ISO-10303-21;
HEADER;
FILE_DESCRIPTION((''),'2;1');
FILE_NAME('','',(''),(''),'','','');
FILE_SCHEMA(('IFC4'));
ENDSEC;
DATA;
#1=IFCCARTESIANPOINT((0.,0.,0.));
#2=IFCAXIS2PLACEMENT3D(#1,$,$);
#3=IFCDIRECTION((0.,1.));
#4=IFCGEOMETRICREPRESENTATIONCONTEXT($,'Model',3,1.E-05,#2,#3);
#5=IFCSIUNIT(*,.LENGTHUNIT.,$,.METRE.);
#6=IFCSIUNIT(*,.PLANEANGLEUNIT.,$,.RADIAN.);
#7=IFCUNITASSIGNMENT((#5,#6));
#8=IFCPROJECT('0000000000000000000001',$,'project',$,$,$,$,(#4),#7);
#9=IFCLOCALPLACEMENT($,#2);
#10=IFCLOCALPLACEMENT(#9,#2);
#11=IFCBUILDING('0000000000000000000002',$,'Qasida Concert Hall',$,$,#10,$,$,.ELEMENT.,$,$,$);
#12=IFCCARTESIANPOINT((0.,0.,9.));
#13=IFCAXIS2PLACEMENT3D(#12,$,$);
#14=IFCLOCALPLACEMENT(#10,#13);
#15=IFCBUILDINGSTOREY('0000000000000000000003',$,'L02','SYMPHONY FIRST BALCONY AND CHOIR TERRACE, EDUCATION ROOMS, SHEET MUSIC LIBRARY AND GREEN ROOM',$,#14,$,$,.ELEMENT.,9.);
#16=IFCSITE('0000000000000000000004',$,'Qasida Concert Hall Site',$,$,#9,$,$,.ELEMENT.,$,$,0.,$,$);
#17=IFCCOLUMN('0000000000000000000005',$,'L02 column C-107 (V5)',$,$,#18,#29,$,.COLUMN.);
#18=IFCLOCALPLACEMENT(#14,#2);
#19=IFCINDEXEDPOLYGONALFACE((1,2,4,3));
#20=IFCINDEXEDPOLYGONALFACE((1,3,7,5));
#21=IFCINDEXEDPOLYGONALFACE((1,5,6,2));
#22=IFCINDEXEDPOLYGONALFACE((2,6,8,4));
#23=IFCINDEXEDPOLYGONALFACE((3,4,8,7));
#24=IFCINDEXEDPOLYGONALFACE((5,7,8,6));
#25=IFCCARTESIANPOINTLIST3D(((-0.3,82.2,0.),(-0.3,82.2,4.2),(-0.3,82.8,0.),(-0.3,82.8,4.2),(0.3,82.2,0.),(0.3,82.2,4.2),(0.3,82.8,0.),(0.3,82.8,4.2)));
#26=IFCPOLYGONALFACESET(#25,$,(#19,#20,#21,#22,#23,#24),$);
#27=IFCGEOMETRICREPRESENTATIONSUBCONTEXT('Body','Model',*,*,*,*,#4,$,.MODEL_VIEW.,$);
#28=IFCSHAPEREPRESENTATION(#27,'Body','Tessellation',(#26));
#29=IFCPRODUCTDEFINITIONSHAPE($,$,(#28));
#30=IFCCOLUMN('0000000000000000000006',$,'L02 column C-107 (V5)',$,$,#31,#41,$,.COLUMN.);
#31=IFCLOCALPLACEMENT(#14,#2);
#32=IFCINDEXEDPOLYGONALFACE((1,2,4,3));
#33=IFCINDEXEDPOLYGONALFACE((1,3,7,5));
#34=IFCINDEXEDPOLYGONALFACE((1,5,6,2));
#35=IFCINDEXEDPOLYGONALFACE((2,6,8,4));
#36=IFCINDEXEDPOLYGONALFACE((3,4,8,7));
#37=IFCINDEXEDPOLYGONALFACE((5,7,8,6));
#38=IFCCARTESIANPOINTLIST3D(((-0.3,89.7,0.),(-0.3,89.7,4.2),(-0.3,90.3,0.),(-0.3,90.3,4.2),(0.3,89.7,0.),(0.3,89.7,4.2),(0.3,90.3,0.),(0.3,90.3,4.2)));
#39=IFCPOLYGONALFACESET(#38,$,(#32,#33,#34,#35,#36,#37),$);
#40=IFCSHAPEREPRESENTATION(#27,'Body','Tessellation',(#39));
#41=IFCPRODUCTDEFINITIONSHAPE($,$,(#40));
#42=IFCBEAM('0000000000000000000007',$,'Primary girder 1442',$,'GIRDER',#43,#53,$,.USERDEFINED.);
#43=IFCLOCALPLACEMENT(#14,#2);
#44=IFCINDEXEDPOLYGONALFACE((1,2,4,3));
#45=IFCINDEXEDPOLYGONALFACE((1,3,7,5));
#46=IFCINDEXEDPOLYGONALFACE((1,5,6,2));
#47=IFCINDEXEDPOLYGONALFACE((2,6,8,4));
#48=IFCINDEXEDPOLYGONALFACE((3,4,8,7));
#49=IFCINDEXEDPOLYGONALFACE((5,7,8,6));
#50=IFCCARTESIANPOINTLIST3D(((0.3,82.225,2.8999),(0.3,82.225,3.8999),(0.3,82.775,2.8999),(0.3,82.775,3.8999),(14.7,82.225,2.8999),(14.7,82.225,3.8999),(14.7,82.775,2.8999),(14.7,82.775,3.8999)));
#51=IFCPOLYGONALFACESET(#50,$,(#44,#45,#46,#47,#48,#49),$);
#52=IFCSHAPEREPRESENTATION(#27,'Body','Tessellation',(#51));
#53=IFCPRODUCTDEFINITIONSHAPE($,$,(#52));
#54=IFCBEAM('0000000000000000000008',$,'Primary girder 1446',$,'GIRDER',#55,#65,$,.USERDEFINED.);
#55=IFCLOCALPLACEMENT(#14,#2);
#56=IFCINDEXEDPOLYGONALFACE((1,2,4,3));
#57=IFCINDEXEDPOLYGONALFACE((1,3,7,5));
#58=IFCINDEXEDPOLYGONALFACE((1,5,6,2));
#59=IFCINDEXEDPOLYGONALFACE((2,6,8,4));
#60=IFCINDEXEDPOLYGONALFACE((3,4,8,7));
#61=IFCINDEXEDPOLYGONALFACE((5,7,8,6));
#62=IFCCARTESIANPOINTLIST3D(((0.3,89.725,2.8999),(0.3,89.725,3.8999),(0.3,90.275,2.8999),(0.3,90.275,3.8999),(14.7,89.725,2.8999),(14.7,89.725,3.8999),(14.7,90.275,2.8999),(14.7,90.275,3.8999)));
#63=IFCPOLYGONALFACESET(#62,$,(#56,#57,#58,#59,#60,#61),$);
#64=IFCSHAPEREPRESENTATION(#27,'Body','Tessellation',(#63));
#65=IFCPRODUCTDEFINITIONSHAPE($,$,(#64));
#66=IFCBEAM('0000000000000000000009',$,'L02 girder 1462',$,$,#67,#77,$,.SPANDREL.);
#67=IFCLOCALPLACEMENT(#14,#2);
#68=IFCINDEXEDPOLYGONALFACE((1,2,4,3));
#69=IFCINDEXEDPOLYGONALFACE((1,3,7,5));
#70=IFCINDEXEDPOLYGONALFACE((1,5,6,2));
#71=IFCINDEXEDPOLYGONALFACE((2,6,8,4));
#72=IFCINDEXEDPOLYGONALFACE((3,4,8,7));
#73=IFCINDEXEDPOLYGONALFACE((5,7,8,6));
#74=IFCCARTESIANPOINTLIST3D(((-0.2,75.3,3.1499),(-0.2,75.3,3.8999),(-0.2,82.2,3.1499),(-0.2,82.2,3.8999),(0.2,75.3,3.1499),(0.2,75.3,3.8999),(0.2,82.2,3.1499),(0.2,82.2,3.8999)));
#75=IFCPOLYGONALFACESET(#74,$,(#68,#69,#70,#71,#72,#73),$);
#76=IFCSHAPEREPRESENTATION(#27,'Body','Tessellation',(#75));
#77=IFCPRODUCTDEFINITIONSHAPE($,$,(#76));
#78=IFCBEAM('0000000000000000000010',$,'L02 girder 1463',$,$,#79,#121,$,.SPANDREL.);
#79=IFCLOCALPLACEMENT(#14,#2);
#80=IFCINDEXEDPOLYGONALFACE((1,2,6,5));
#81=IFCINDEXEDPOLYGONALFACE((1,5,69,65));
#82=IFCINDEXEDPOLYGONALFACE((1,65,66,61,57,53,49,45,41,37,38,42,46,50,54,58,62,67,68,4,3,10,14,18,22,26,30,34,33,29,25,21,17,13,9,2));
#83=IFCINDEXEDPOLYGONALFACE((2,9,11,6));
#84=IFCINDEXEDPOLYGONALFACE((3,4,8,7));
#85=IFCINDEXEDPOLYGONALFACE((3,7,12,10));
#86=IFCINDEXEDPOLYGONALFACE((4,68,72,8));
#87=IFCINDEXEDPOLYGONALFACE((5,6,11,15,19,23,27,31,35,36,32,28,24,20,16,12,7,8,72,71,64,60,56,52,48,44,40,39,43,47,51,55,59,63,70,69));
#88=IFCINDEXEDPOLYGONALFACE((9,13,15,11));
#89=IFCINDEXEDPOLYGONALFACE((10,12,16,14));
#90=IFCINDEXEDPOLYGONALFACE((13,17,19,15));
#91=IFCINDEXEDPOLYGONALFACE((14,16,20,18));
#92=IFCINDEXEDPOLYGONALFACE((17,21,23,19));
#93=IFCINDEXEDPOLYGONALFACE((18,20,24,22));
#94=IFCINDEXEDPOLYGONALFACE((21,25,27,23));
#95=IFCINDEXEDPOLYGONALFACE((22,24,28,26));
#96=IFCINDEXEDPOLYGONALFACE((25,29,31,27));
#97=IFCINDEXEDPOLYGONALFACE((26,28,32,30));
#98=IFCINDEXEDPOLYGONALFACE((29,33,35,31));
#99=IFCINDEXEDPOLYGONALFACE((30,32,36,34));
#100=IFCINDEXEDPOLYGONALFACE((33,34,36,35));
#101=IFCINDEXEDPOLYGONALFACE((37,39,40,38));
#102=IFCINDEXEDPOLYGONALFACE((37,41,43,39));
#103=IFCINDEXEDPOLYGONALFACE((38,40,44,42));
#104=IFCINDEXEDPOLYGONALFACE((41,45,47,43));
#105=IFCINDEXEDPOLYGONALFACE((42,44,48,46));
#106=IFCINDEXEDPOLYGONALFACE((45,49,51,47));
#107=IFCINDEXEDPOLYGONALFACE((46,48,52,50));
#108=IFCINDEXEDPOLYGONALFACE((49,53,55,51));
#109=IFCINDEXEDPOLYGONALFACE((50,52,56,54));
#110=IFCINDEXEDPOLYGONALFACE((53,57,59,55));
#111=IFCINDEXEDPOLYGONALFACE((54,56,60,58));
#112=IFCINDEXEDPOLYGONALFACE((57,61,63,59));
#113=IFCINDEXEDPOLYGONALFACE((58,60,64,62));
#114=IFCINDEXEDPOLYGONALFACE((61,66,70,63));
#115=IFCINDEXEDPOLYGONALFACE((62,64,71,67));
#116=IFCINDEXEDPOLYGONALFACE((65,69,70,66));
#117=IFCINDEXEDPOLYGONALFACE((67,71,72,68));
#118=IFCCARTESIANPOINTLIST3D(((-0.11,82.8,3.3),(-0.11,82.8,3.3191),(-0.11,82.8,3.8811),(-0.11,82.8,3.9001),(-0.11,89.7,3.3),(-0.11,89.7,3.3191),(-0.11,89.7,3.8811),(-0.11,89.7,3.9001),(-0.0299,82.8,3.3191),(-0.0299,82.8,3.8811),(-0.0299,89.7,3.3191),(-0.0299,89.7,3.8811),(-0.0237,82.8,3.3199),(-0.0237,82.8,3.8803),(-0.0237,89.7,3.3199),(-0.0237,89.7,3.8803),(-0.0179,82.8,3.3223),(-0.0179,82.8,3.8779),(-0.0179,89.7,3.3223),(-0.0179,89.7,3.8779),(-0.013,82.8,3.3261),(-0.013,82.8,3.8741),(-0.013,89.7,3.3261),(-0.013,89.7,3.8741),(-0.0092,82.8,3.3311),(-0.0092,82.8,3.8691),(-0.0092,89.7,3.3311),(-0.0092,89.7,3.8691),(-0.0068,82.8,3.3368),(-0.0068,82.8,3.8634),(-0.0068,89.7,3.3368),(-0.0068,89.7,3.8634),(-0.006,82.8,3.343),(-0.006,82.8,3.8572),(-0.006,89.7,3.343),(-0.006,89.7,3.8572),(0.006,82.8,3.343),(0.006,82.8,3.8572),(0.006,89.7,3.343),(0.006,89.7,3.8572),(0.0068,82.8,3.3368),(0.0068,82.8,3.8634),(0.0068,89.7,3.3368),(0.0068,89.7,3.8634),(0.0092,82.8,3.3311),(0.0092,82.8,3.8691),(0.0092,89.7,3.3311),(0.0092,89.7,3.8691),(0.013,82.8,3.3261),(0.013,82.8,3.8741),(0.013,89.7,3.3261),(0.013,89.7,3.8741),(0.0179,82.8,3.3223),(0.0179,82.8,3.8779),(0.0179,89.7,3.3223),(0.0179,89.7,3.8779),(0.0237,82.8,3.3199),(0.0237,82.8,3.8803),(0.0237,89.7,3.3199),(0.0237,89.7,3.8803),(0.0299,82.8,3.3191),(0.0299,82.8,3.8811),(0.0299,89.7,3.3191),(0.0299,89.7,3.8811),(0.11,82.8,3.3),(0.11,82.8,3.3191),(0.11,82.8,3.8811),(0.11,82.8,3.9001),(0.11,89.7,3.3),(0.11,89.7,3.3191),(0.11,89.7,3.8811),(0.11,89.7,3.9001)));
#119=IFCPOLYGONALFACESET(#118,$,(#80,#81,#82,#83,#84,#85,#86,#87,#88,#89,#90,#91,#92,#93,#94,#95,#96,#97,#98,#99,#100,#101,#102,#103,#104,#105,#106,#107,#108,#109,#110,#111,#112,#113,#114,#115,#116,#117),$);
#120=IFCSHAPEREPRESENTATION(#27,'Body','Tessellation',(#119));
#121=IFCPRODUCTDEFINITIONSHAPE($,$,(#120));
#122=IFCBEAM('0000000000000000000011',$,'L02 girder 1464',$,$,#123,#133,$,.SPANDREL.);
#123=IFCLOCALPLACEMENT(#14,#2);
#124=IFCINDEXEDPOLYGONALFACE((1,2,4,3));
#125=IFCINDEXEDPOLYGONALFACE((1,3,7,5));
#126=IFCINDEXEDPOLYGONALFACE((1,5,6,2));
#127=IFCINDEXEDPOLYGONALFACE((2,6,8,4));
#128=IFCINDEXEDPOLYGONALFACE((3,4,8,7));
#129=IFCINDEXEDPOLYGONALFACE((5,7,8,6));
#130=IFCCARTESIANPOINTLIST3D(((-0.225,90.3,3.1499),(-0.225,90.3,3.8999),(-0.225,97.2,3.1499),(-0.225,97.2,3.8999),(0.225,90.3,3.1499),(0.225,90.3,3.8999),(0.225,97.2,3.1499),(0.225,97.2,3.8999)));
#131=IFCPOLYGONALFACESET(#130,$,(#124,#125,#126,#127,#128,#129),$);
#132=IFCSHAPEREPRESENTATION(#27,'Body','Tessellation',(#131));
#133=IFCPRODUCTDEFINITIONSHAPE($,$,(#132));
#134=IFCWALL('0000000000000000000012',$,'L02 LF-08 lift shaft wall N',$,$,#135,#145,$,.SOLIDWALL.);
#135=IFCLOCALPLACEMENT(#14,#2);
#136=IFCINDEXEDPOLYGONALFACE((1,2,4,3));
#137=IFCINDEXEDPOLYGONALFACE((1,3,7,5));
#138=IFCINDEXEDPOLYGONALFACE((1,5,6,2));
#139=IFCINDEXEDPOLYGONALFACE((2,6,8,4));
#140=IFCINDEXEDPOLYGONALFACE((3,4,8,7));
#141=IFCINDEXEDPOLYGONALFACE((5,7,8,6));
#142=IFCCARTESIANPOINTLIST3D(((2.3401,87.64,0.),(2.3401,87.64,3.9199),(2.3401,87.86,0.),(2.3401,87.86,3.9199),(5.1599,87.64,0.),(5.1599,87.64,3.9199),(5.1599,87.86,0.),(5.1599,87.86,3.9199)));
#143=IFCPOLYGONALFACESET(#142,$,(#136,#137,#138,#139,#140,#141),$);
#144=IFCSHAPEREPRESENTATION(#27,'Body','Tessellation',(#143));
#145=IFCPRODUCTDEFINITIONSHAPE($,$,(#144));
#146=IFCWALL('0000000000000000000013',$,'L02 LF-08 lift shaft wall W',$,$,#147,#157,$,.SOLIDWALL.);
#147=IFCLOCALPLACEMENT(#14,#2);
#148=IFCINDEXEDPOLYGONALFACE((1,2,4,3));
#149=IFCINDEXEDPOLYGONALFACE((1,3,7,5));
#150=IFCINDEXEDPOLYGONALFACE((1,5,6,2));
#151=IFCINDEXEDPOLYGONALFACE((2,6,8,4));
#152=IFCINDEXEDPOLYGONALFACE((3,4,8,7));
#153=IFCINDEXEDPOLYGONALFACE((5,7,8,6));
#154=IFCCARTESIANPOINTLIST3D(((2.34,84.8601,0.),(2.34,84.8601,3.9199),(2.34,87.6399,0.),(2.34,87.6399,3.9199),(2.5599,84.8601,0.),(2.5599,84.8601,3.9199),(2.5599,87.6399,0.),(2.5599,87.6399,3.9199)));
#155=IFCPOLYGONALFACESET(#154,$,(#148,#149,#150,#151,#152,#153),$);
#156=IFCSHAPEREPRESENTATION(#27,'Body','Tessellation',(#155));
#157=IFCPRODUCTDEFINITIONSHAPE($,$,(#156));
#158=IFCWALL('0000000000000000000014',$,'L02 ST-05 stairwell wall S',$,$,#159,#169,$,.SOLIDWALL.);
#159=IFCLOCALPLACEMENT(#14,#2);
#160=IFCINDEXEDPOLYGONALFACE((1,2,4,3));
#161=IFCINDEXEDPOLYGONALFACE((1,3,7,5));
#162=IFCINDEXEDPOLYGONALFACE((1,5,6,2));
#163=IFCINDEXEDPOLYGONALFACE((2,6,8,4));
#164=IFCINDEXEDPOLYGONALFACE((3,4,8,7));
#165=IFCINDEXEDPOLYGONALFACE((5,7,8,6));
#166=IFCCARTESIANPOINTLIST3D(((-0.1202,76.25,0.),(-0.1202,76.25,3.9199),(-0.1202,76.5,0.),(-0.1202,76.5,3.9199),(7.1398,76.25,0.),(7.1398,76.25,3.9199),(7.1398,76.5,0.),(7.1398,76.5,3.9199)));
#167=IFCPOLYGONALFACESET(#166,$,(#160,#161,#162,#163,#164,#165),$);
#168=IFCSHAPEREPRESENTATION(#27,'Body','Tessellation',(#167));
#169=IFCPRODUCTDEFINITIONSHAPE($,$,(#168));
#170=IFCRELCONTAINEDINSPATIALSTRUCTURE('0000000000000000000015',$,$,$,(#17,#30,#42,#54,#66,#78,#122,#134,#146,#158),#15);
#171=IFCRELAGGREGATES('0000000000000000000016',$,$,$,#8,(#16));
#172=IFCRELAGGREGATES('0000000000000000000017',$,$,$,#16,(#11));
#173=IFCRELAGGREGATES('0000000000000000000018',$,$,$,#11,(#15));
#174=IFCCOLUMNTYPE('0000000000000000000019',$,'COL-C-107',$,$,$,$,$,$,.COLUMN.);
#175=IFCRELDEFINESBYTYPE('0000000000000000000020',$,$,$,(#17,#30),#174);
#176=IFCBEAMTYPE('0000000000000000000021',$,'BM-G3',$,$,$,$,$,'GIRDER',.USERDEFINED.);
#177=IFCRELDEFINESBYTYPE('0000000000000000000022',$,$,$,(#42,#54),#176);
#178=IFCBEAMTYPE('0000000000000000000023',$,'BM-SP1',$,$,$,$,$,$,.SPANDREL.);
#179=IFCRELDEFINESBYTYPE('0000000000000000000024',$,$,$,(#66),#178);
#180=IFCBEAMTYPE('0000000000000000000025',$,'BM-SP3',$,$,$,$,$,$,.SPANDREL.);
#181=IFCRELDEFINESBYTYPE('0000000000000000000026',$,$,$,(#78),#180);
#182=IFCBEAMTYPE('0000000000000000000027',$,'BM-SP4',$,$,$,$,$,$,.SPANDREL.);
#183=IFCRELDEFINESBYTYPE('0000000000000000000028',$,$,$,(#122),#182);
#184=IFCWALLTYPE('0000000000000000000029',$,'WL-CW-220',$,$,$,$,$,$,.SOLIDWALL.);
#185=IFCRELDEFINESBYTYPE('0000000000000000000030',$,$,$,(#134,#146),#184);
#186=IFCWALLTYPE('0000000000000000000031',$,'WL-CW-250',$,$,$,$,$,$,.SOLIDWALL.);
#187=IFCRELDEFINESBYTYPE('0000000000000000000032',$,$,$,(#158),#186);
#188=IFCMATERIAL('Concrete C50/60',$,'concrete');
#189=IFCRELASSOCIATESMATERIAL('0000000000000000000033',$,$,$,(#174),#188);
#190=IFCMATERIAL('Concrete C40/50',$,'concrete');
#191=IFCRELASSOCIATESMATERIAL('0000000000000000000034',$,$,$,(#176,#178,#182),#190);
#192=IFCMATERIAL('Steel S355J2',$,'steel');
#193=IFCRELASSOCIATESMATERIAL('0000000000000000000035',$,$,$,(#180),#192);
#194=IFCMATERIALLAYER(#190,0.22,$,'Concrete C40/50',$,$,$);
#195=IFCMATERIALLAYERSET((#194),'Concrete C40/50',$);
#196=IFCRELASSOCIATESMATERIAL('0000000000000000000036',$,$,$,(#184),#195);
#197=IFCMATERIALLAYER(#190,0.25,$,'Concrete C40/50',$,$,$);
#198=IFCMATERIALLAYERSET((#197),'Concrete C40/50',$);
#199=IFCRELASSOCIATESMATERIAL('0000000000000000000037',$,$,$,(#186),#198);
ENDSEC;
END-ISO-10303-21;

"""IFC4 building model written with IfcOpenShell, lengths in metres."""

from ifc_helpers import new_model, si_unit, direction, frame, frame_2d, origin, origin_2d, place, context, subcontext, project, spatial, rectangle, i_section, extrude, material, layer, layer_set, material_profile, profile_set, type_object, element, save


model = new_model("IFC4")

# Units and contexts
model_context = context("Model", 3, precision=1e-05, world=origin(), true_north=direction((0.0, 1.0)))
body_context = subcontext(model_context, "Body", "Model", "MODEL_VIEW")
ifc_project = project(units=[si_unit("LENGTHUNIT", "METRE"), si_unit("PLANEANGLEUNIT", "RADIAN")], contexts=[model_context])

# Site, building, storey
site_placement = place(None, origin())
site = spatial("IfcSite", under=ifc_project, at=site_placement, Name="Qasida Concert Hall Site", CompositionType="ELEMENT", RefElevation=0.0)
building_placement = place(site_placement, origin())
building = spatial("IfcBuilding", under=site, at=building_placement, Name="Qasida Concert Hall", CompositionType="ELEMENT")
storey_placement = place(building_placement, frame((0.0, 0.0, 9.0)))
storey = spatial("IfcBuildingStorey", under=building, at=storey_placement, Name="L02", Description="SYMPHONY FIRST BALCONY AND CHOIR TERRACE, EDUCATION ROOMS, SHEET MUSIC LIBRARY AND GREEN ROOM", CompositionType="ELEMENT", Elevation=9.0)

# Columns
ifc_material_1 = material(Name="Concrete C50/60", Category="concrete")
ifc_material_profile_1 = material_profile(ifc_material_1, rectangle(XDim=0.6001, YDim=0.6001, at=origin_2d()), Name="RC 600x600")
ifc_profile_set_1 = profile_set([ifc_material_profile_1], Name="Concrete C50/60")
column_type = type_object("IfcColumnType", Name="COL-C-107", PredefinedType="COLUMN", material=ifc_profile_set_1)
for number, where, z_axis, x_axis, name in (
    (1, (0.0, 82.5, 0.0), (0.0, 0.0, 1.0), (1.0, 0.0, 0.0), "L02 column C-107 (V5)"),
    (2, (0.0, 90.0, 0.0), (0.0, 0.0, 1.0), (1.0, 0.0, 0.0), "L02 column C-107 (V5)"),
):
    element("IfcColumn", number, at=place(storey_placement, frame(where, z_axis=z_axis, x_axis=x_axis)), inside=storey, type_object=column_type, Name=name, PredefinedType="COLUMN", context=body_context, shape_type="SweptSolid", body=[
        extrude(rectangle(XDim=0.6001, YDim=0.6001, at=origin_2d()), origin(), (0.0, 0.0, 1.0), 4.2),
    ])

# Beams
ifc_material_2 = material(Name="Concrete C40/50", Category="concrete")
ifc_material_profile_2 = material_profile(ifc_material_2, rectangle(XDim=0.55, YDim=1.0, at=origin_2d()), Name="RC 550x1000")
ifc_profile_set_2 = profile_set([ifc_material_profile_2], Name="Concrete C40/50")
beam_type_1 = type_object("IfcBeamType", Name="BM-G3", ElementType="GIRDER", PredefinedType="USERDEFINED", material=ifc_profile_set_2)
for number, where, z_axis, x_axis, name in (
    (3, (0.3, 82.5, 3.3999), (1.0, 0.0, 0.0), (0.0, 1.0, 0.0), "Primary girder 1442"),
    (4, (0.3, 90.0, 3.3999), (1.0, 0.0, 0.0), (0.0, 1.0, 0.0), "Primary girder 1446"),
):
    element("IfcBeam", number, at=place(storey_placement, frame(where, z_axis=z_axis, x_axis=x_axis)), inside=storey, type_object=beam_type_1, Name=name, ObjectType="GIRDER", PredefinedType="USERDEFINED", context=body_context, shape_type="SweptSolid", body=[
        extrude(rectangle(XDim=0.55, YDim=1.0, at=origin_2d()), origin(), (0.0, 0.0, 1.0), 14.3999),
    ])
ifc_material_profile_3 = material_profile(ifc_material_2, rectangle(XDim=0.3999, YDim=0.75, at=origin_2d()), Name="RC 400x750")
ifc_profile_set_3 = profile_set([ifc_material_profile_3], Name="Concrete C40/50")
beam_type_2 = type_object("IfcBeamType", Name="BM-SP1", PredefinedType="SPANDREL", material=ifc_profile_set_3)
beam_1_placement = place(storey_placement, frame((0.0, 75.3, 3.5249), z_axis=(0.0, 1.0, 0.0), x_axis=(-1.0, 0.0, 0.0)))
element("IfcBeam", 5, at=beam_1_placement, inside=storey, type_object=beam_type_2, Name="L02 girder 1462", PredefinedType="SPANDREL", context=body_context, shape_type="SweptSolid", body=[
    extrude(rectangle(XDim=0.3999, YDim=0.75, at=origin_2d()), origin(), (0.0, 0.0, 1.0), 6.8999),
])
ifc_material_3 = material(Name="Steel S355J2", Category="steel")
ifc_material_profile_4 = material_profile(ifc_material_3, i_section(OverallWidth=0.22, OverallDepth=0.6001, WebThickness=0.012, FlangeThickness=0.019, FilletRadius=0.0239, at=origin_2d()), Name="IPE 600")
ifc_profile_set_4 = profile_set([ifc_material_profile_4], Name="Steel S355J2")
beam_type_3 = type_object("IfcBeamType", Name="BM-SP3", PredefinedType="SPANDREL", material=ifc_profile_set_4)
beam_2_placement = place(storey_placement, frame((0.0, 82.8, 3.6001), z_axis=(0.0, 1.0, 0.0), x_axis=(-1.0, 0.0, 0.0)))
element("IfcBeam", 6, at=beam_2_placement, inside=storey, type_object=beam_type_3, Name="L02 girder 1463", PredefinedType="SPANDREL", context=body_context, shape_type="SweptSolid", body=[
    extrude(i_section(OverallWidth=0.22, OverallDepth=0.6001, WebThickness=0.012, FlangeThickness=0.019, FilletRadius=0.0239, at=origin_2d()), origin(), (0.0, 0.0, 1.0), 6.8999),
])
ifc_material_profile_5 = material_profile(ifc_material_2, rectangle(XDim=0.45, YDim=0.75, at=origin_2d()), Name="RC 450x750")
ifc_profile_set_5 = profile_set([ifc_material_profile_5], Name="Concrete C40/50")
beam_type_4 = type_object("IfcBeamType", Name="BM-SP4", PredefinedType="SPANDREL", material=ifc_profile_set_5)
beam_3_placement = place(storey_placement, frame((0.0, 90.3, 3.5249), z_axis=(0.0, 1.0, 0.0), x_axis=(-1.0, 0.0, 0.0)))
element("IfcBeam", 7, at=beam_3_placement, inside=storey, type_object=beam_type_4, Name="L02 girder 1464", PredefinedType="SPANDREL", context=body_context, shape_type="SweptSolid", body=[
    extrude(rectangle(XDim=0.45, YDim=0.75, at=origin_2d()), origin(), (0.0, 0.0, 1.0), 6.8999),
])

# Shared definitions
ifc_layer_1 = layer(ifc_material_2, 0.22, Name="Concrete C40/50")
ifc_layer_set_1 = layer_set([ifc_layer_1], Name="Concrete C40/50")
wall_type_1 = type_object("IfcWallType", Name="WL-CW-220", PredefinedType="SOLIDWALL", material=ifc_layer_set_1)

# Walls
wall_1_placement = place(storey_placement, frame((2.3401, 87.75, 0.0), z_axis=(0.0, 0.0, 1.0), x_axis=(1.0, 0.0, 0.0)))
element("IfcWall", 8, at=wall_1_placement, inside=storey, type_object=wall_type_1, Name="L02 LF-08 lift shaft wall N", PredefinedType="SOLIDWALL", context=body_context, shape_type="SweptSolid", body=[
    extrude(rectangle(XDim=2.8198, YDim=0.22, at=frame_2d((1.4099, 0.0))), origin(), (0.0, 0.0, 1.0), 3.9199),
])
wall_2_placement = place(storey_placement, frame((2.45, 84.8601, 0.0), z_axis=(0.0, 0.0, 1.0), x_axis=(0.0, 1.0, 0.0)))
element("IfcWall", 9, at=wall_2_placement, inside=storey, type_object=wall_type_1, Name="L02 LF-08 lift shaft wall W", PredefinedType="SOLIDWALL", context=body_context, shape_type="SweptSolid", body=[
    extrude(rectangle(XDim=2.7798, YDim=0.22, at=frame_2d((1.3899, 0.0))), origin(), (0.0, 0.0, 1.0), 3.9199),
])
ifc_layer_2 = layer(ifc_material_2, 0.25, Name="Concrete C40/50")
ifc_layer_set_2 = layer_set([ifc_layer_2], Name="Concrete C40/50")
wall_type_2 = type_object("IfcWallType", Name="WL-CW-250", PredefinedType="SOLIDWALL", material=ifc_layer_set_2)
wall_3_placement = place(storey_placement, frame((-0.1201, 76.375, 0.0), z_axis=(0.0, 0.0, 1.0), x_axis=(1.0, 0.0, 0.0)))
element("IfcWall", 10, at=wall_3_placement, inside=storey, type_object=wall_type_2, Name="L02 ST-05 stairwell wall S", PredefinedType="SOLIDWALL", context=body_context, shape_type="SweptSolid", body=[
    extrude(rectangle(XDim=7.26, YDim=0.25, at=frame_2d((3.6299, 0.0))), origin(), (0.0, 0.0, 1.0), 3.9199),
])

save(model, "model.ifc")
